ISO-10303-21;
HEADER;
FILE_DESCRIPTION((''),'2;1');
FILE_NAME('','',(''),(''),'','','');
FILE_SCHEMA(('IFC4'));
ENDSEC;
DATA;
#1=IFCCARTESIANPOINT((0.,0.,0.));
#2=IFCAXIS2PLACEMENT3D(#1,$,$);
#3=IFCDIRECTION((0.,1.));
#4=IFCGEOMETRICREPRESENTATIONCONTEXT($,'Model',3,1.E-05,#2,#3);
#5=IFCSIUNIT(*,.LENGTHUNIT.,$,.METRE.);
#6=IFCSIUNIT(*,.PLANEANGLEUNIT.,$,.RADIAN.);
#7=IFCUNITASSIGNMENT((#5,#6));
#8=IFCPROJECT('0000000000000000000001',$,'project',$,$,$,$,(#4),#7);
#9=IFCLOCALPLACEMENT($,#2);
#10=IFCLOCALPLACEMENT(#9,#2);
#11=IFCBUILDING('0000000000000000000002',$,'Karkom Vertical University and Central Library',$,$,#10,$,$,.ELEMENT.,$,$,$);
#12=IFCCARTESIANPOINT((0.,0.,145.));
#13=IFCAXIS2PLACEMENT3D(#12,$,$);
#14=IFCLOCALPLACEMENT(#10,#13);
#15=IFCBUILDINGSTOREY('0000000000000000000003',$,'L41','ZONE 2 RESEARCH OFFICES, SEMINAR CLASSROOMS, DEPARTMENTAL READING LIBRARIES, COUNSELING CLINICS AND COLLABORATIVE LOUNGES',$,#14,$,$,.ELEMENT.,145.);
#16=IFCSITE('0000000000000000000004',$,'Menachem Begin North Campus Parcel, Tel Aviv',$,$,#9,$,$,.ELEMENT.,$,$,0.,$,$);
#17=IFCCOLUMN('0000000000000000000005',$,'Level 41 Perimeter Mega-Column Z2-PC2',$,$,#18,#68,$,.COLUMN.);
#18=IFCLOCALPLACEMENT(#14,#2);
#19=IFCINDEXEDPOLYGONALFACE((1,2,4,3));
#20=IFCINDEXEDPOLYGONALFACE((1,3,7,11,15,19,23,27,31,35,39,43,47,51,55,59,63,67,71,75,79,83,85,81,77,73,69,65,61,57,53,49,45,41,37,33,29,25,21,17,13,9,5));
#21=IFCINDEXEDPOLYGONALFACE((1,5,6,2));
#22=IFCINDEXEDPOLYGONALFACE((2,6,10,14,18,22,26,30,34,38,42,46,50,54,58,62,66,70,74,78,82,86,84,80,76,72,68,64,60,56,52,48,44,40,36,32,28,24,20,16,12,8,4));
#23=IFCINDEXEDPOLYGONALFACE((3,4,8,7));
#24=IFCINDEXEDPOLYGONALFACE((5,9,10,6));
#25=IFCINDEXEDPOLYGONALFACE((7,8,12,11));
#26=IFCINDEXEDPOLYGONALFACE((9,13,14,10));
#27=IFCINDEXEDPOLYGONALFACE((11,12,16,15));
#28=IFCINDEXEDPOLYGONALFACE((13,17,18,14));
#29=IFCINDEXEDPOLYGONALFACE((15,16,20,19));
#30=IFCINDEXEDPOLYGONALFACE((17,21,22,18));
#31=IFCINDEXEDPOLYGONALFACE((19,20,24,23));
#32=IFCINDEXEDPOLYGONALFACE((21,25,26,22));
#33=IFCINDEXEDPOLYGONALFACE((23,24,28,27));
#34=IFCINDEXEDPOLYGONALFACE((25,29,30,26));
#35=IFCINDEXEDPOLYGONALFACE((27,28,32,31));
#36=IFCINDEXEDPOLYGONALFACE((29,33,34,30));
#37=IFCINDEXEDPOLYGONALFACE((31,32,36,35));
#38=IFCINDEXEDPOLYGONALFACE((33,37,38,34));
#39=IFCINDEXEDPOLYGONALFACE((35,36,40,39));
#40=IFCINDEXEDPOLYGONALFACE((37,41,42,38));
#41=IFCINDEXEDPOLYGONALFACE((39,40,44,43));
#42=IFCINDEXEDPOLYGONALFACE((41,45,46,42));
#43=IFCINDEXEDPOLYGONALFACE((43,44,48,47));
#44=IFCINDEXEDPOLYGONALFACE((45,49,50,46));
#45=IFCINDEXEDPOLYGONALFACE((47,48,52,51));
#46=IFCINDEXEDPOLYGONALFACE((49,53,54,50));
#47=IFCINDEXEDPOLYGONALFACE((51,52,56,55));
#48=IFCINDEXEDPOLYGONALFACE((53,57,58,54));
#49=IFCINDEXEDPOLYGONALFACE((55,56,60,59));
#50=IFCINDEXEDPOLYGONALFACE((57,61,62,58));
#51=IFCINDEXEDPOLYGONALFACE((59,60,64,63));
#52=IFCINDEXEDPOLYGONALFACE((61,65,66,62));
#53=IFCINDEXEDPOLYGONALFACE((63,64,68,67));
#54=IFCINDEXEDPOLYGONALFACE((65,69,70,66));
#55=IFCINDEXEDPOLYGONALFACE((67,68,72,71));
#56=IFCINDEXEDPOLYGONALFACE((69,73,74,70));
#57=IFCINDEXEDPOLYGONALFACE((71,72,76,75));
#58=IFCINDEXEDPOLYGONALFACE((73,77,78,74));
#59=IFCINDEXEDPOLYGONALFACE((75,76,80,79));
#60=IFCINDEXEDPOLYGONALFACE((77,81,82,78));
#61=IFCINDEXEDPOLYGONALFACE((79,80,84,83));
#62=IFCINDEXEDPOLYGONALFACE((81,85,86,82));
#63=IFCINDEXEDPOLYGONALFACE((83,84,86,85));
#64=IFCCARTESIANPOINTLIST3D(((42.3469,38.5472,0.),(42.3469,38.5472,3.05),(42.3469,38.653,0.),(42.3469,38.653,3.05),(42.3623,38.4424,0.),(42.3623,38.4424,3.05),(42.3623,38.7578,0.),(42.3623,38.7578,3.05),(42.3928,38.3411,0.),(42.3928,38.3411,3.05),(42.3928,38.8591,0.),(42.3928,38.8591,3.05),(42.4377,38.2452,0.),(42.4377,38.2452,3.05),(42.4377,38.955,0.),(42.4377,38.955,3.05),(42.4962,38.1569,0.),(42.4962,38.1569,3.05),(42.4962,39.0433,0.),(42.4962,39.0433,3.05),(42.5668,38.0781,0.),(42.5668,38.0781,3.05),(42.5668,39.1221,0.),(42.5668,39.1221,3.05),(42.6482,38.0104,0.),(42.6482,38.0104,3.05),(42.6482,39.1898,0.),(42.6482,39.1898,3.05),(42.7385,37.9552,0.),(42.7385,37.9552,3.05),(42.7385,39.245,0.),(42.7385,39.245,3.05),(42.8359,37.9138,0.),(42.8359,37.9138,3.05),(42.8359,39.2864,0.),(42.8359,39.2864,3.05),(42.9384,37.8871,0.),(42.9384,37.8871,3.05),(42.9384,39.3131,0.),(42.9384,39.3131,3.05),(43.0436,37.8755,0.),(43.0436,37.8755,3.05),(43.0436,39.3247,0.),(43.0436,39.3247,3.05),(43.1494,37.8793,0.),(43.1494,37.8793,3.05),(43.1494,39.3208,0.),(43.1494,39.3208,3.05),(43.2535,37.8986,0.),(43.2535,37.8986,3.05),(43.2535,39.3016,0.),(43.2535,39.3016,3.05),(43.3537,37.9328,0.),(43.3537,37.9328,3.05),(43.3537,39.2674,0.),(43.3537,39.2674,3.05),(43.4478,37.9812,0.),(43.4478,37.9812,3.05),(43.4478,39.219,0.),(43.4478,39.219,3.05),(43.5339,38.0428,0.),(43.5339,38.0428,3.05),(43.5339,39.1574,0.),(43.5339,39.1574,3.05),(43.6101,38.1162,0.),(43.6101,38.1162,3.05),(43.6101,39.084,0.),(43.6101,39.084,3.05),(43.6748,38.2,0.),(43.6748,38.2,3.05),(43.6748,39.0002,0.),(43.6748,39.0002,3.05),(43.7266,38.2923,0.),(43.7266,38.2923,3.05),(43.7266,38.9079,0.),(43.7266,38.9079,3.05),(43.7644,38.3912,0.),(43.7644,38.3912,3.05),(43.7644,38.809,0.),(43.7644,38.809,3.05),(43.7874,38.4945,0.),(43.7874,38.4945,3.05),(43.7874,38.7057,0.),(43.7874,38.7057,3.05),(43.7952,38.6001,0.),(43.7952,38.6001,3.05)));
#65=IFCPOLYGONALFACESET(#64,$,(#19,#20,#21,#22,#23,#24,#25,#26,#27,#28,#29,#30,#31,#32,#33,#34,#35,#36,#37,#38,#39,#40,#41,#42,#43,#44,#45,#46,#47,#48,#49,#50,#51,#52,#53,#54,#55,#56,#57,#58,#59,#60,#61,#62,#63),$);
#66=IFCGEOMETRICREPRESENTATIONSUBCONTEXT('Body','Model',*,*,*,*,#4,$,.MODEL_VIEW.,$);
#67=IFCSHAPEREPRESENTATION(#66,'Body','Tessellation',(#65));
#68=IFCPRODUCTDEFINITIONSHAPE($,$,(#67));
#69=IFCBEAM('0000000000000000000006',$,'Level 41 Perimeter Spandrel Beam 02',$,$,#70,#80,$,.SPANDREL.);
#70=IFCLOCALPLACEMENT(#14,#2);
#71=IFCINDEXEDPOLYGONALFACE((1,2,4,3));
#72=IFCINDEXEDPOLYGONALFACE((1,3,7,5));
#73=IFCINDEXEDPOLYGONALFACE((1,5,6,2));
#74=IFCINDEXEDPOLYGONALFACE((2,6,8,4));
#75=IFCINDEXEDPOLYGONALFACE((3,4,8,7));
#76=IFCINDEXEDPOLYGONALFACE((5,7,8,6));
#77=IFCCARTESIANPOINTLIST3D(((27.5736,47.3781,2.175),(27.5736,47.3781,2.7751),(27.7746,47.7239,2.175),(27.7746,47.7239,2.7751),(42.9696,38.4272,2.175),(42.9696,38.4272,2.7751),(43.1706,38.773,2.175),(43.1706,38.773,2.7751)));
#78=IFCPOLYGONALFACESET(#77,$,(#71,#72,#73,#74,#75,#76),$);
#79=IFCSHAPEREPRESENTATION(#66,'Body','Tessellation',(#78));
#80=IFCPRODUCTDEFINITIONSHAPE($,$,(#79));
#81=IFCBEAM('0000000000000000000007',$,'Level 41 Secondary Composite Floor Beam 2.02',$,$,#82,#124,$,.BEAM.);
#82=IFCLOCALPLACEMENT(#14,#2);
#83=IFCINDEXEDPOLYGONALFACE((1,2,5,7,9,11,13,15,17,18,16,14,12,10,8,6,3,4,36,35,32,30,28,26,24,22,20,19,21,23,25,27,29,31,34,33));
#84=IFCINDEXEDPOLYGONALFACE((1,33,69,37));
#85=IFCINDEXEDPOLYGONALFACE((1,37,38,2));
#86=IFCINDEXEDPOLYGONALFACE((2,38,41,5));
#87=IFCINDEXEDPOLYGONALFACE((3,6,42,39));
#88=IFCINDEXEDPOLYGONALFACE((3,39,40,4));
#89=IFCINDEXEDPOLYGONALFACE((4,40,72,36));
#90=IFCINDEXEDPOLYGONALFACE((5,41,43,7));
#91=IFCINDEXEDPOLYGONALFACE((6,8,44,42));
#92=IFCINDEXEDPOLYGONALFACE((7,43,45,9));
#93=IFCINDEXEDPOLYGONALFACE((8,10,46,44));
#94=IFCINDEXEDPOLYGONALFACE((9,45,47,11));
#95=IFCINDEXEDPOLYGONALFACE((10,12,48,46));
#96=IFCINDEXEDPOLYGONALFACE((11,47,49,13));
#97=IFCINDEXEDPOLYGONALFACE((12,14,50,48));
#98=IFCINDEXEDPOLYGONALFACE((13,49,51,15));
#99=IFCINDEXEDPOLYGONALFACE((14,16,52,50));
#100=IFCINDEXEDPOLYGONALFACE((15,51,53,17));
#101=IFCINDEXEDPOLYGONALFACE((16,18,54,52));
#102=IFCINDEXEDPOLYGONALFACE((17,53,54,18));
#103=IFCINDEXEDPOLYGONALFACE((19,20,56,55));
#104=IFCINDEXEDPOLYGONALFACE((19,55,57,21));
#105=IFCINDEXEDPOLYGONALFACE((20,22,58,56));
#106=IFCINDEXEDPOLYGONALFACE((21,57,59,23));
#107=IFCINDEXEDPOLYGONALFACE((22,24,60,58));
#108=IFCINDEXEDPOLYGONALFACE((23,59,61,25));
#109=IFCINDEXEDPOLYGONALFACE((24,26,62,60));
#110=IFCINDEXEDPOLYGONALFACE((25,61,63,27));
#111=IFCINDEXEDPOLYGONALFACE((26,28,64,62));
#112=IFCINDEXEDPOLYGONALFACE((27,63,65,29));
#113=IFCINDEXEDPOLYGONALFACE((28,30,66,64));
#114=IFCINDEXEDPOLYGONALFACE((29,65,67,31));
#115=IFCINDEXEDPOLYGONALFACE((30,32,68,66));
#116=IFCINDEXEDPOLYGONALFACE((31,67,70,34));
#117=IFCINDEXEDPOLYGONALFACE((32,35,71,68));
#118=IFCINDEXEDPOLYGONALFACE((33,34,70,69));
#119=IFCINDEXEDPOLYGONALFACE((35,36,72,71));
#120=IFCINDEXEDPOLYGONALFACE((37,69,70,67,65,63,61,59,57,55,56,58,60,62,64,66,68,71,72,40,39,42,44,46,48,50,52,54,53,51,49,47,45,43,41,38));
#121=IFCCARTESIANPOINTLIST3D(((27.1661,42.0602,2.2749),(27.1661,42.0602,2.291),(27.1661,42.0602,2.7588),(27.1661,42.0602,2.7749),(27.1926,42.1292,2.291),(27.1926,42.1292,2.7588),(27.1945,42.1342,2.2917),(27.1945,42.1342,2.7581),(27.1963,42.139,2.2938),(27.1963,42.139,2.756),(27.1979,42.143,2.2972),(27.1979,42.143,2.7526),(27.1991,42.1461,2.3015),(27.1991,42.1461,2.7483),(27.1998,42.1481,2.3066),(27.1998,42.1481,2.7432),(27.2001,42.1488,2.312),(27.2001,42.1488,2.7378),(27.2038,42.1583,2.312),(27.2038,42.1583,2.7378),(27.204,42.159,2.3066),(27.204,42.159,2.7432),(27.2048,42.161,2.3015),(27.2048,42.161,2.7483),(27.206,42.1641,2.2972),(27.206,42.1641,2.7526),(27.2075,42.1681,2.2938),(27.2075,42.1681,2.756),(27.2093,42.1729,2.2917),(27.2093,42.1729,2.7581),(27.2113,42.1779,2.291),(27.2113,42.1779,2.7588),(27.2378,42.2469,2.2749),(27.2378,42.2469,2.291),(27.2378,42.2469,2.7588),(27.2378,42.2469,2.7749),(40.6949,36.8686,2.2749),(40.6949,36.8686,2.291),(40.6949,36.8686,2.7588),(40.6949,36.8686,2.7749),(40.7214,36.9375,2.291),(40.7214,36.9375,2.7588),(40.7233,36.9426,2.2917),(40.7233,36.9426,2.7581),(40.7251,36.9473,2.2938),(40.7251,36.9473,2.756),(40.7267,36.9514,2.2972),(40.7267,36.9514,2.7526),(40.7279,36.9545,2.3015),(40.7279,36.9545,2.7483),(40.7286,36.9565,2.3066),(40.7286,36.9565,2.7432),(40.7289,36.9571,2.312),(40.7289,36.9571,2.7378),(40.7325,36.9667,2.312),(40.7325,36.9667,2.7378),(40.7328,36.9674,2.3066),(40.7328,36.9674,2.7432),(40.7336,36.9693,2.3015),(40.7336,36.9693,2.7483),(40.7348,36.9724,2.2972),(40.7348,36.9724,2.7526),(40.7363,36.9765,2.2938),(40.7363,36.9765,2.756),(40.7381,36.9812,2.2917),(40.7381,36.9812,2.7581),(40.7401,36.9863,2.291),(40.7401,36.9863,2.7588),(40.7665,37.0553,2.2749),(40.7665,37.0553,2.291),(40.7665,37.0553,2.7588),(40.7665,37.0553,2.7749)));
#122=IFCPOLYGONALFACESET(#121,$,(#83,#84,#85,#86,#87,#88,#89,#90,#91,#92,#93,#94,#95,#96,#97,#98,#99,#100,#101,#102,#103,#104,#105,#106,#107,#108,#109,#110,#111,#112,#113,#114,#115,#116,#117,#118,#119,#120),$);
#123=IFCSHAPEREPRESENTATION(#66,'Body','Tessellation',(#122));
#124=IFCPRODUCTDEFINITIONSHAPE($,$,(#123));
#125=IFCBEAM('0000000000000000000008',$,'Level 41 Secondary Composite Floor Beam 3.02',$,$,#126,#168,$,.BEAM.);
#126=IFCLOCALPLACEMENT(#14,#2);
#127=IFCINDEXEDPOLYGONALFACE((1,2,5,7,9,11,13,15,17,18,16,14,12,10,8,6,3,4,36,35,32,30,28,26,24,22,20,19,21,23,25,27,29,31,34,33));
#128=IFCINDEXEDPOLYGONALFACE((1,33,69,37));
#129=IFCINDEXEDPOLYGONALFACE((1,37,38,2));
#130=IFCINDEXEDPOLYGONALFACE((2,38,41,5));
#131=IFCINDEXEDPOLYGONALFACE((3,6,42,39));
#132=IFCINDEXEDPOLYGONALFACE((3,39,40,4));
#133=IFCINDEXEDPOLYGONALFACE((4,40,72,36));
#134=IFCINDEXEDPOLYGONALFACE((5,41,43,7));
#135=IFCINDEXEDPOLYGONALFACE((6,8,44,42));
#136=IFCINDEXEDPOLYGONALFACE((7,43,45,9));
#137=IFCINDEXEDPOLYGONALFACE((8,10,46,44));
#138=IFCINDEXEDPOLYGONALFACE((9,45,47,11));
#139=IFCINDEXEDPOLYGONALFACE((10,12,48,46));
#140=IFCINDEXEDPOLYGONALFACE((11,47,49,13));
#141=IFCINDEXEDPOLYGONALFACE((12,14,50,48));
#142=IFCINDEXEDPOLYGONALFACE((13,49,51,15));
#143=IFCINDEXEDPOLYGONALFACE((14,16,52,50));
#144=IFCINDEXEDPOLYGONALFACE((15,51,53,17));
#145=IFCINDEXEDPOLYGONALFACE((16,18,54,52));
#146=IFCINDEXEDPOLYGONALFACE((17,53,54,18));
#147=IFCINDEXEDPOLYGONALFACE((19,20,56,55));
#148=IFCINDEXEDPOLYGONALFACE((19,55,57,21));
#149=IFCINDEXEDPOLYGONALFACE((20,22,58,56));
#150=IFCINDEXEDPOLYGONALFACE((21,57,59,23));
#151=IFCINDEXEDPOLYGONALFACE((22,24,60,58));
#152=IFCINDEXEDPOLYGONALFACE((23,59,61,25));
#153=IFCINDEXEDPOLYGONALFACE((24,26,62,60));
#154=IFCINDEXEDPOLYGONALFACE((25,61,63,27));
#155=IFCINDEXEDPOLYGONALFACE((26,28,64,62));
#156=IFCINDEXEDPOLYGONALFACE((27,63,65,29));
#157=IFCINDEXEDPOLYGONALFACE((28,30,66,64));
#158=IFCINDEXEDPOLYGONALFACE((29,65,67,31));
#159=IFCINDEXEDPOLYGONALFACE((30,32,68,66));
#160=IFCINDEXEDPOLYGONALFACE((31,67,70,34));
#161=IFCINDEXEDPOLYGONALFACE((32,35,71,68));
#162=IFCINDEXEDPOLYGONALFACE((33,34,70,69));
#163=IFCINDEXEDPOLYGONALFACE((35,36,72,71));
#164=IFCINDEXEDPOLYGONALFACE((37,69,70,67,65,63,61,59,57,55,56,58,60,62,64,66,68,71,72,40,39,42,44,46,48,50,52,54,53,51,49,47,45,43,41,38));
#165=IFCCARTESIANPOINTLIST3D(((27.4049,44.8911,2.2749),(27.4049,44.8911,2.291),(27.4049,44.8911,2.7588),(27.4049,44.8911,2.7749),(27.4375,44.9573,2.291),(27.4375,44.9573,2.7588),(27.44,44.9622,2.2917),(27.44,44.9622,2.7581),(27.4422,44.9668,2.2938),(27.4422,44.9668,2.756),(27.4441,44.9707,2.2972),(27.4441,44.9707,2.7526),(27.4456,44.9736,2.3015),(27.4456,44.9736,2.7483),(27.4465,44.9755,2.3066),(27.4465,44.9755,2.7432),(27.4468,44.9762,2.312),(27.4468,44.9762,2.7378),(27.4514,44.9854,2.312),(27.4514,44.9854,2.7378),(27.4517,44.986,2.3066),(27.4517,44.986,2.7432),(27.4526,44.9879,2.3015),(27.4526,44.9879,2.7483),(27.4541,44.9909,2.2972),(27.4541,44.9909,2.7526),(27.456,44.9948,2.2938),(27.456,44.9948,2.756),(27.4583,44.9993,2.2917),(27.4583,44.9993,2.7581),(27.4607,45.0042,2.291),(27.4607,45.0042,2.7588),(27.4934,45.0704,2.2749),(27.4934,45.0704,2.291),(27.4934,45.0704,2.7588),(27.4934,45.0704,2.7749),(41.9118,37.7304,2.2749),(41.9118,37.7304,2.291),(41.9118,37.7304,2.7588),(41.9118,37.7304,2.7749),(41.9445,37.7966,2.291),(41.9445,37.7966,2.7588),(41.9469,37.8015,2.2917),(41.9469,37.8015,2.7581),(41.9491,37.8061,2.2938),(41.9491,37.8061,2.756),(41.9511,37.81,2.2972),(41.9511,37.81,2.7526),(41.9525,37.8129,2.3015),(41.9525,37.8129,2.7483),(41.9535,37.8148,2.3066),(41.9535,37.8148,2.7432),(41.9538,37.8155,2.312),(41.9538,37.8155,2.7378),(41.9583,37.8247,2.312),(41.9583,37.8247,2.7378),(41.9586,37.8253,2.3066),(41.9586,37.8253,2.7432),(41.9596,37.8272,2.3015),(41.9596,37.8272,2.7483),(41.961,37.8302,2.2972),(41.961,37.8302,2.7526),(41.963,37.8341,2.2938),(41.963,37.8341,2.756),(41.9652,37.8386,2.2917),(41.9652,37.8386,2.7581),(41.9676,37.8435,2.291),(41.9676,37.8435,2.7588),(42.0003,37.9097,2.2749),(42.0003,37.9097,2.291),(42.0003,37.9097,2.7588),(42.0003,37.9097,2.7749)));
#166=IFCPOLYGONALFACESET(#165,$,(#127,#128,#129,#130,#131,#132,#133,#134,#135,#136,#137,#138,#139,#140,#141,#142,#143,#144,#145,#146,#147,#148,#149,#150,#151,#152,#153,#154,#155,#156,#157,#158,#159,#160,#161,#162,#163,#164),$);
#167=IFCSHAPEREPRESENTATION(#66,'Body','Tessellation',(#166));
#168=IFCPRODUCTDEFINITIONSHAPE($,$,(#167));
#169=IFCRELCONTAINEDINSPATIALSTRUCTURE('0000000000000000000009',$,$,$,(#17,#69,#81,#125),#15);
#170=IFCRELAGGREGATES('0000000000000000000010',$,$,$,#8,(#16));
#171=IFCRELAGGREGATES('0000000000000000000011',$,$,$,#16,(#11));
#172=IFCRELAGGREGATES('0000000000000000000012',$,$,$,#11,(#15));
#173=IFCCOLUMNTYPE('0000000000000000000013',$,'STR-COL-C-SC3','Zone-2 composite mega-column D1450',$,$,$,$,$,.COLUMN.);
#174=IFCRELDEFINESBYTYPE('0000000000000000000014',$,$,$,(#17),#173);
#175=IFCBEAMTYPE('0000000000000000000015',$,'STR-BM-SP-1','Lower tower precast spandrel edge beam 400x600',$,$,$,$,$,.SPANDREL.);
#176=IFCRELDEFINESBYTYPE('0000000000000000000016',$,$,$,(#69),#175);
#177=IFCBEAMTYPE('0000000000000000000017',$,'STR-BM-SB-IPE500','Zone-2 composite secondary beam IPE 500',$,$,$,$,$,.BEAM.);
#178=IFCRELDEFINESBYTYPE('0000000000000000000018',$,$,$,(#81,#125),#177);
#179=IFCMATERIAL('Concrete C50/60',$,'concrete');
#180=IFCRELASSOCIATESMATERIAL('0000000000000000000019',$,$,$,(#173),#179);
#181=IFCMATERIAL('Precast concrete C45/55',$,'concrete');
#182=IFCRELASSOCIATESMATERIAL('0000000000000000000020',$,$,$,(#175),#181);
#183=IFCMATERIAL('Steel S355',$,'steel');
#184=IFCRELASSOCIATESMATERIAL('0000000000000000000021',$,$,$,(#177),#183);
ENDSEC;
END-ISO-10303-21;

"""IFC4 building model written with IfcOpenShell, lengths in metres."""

from ifc_helpers import new_model, si_unit, direction, frame, origin, origin_with_axes, origin_2d, place, context, subcontext, project, spatial, rectangle, circle, i_section, extrude, source, transform, mapped, material, material_profile, profile_set, type_object, element, save


model = new_model("IFC4")

# Units and contexts
model_context = context("Model", 3, precision=1e-05, world=origin(), true_north=direction((0.0, 1.0)))
body_context = subcontext(model_context, "Body", "Model", "MODEL_VIEW")
ifc_project = project(units=[si_unit("LENGTHUNIT", "METRE"), si_unit("PLANEANGLEUNIT", "RADIAN")], contexts=[model_context])

# Site, building, storey
site_placement = place(None, origin())
site = spatial("IfcSite", under=ifc_project, at=site_placement, Name="Menachem Begin North Campus Parcel, Tel Aviv", CompositionType="ELEMENT", RefElevation=0.0)
building_placement = place(site_placement, origin())
building = spatial("IfcBuilding", under=site, at=building_placement, Name="Karkom Vertical University and Central Library", CompositionType="ELEMENT")
storey_placement = place(building_placement, frame((0.0, 0.0, 145.0)))
storey = spatial("IfcBuildingStorey", under=building, at=storey_placement, Name="L41", Description="ZONE 2 RESEARCH OFFICES, SEMINAR CLASSROOMS, DEPARTMENTAL READING LIBRARIES, COUNSELING CLINICS AND COLLABORATIVE LOUNGES", CompositionType="ELEMENT", Elevation=145.0)

# Column
ifc_material_1 = material(Name="Concrete C50/60", Category="concrete")
ifc_material_profile_1 = material_profile(ifc_material_1, circle(Radius=0.7251, at=origin_2d()), Name="CFT-D1450")
ifc_profile_set_1 = profile_set([ifc_material_profile_1], Name="Concrete C50/60")
column_type = type_object("IfcColumnType", Name="STR-COL-C-SC3", Description="Zone-2 composite mega-column D1450", PredefinedType="COLUMN", material=ifc_profile_set_1)
shared_shape_1 = source(origin_with_axes(), body_context, "Body", "SweptSolid", [
    extrude(circle(Radius=0.7251, at=origin_2d()), origin(), (0.0, 0.0, 1.0), 3.05),
])
column_placement = place(storey_placement, frame((43.0701, 38.6001, 0.0), z_axis=(0.0, 0.0, 1.0), x_axis=(1.0, 0.0, 0.0)))
element("IfcColumn", 1, at=column_placement, inside=storey, type_object=column_type, Name="Level 41 Perimeter Mega-Column Z2-PC2", PredefinedType="COLUMN", context=body_context, shape_type="MappedRepresentation", body=[
    mapped(shared_shape_1, transform((0.0, 0.0, 0.0), scale=1.0)),
])

# Beams
ifc_material_2 = material(Name="Precast concrete C45/55", Category="concrete")
ifc_material_profile_2 = material_profile(ifc_material_2, rectangle(XDim=0.3999, YDim=0.6001, at=origin_2d()), Name="SPB-400x600")
ifc_profile_set_2 = profile_set([ifc_material_profile_2], Name="Precast concrete C45/55")
beam_type_1 = type_object("IfcBeamType", Name="STR-BM-SP-1", Description="Lower tower precast spandrel edge beam 400x600", PredefinedType="SPANDREL", material=ifc_profile_set_2)
shared_shape_2 = source(origin_with_axes(), body_context, "Body", "SweptSolid", [
    extrude(rectangle(XDim=0.3999, YDim=0.6001, at=origin_2d()), origin(), (0.0, 0.0, 1.0), 17.8088),
])
beam_1_placement = place(storey_placement, frame((43.0701, 38.6001, 2.4751), z_axis=(-0.864513, 0.502611, 0.0), x_axis=(-0.502611, -0.864513, 0.0)))
element("IfcBeam", 2, at=beam_1_placement, inside=storey, type_object=beam_type_1, Name="Level 41 Perimeter Spandrel Beam 02", PredefinedType="SPANDREL", context=body_context, shape_type="MappedRepresentation", body=[
    mapped(shared_shape_2, transform((0.0, 0.0, 0.0), scale=1.0)),
])
ifc_material_3 = material(Name="Steel S355", Category="steel")
ifc_material_profile_3 = material_profile(ifc_material_3, i_section(OverallWidth=0.2, OverallDepth=0.5, WebThickness=0.0103, FlangeThickness=0.0161, FilletRadius=0.021, at=origin_2d()), Name="IPE 500")
ifc_profile_set_3 = profile_set([ifc_material_profile_3], Name="Steel S355")
beam_type_2 = type_object("IfcBeamType", Name="STR-BM-SB-IPE500", Description="Zone-2 composite secondary beam IPE 500", PredefinedType="BEAM", material=ifc_profile_set_3)
shared_shape_3 = source(origin_with_axes(), body_context, "Body", "SweptSolid", [
    extrude(i_section(OverallWidth=0.2, OverallDepth=0.5, WebThickness=0.0103, FlangeThickness=0.0161, FilletRadius=0.021, at=origin_2d()), origin(), (0.0, 0.0, 1.0), 14.4907),
])
beam_2_placement = place(storey_placement, frame((40.7307, 36.9619, 2.5249), z_axis=(-0.933617, 0.358273, 0.0), x_axis=(-0.358273, -0.933617, 0.0)))
element("IfcBeam", 3, at=beam_2_placement, inside=storey, type_object=beam_type_2, Name="Level 41 Secondary Composite Floor Beam 2.02", PredefinedType="BEAM", context=body_context, shape_type="MappedRepresentation", body=[
    mapped(shared_shape_3, transform((0.0, 0.0, 0.0), scale=1.0)),
])
shared_shape_4 = source(origin_with_axes(), body_context, "Body", "SweptSolid", [
    extrude(i_section(OverallWidth=0.2, OverallDepth=0.5, WebThickness=0.0103, FlangeThickness=0.0161, FilletRadius=0.021, at=origin_2d()), origin(), (0.0, 0.0, 1.0), 16.178),
])
beam_3_placement = place(storey_placement, frame((41.9561, 37.8201, 2.5249), z_axis=(-0.896709, 0.44262, 0.0), x_axis=(-0.44262, -0.896709, 0.0)))
element("IfcBeam", 4, at=beam_3_placement, inside=storey, type_object=beam_type_2, Name="Level 41 Secondary Composite Floor Beam 3.02", PredefinedType="BEAM", context=body_context, shape_type="MappedRepresentation", body=[
    mapped(shared_shape_4, transform((0.0, 0.0, 0.0), scale=1.0)),
])

save(model, "model.ifc")
